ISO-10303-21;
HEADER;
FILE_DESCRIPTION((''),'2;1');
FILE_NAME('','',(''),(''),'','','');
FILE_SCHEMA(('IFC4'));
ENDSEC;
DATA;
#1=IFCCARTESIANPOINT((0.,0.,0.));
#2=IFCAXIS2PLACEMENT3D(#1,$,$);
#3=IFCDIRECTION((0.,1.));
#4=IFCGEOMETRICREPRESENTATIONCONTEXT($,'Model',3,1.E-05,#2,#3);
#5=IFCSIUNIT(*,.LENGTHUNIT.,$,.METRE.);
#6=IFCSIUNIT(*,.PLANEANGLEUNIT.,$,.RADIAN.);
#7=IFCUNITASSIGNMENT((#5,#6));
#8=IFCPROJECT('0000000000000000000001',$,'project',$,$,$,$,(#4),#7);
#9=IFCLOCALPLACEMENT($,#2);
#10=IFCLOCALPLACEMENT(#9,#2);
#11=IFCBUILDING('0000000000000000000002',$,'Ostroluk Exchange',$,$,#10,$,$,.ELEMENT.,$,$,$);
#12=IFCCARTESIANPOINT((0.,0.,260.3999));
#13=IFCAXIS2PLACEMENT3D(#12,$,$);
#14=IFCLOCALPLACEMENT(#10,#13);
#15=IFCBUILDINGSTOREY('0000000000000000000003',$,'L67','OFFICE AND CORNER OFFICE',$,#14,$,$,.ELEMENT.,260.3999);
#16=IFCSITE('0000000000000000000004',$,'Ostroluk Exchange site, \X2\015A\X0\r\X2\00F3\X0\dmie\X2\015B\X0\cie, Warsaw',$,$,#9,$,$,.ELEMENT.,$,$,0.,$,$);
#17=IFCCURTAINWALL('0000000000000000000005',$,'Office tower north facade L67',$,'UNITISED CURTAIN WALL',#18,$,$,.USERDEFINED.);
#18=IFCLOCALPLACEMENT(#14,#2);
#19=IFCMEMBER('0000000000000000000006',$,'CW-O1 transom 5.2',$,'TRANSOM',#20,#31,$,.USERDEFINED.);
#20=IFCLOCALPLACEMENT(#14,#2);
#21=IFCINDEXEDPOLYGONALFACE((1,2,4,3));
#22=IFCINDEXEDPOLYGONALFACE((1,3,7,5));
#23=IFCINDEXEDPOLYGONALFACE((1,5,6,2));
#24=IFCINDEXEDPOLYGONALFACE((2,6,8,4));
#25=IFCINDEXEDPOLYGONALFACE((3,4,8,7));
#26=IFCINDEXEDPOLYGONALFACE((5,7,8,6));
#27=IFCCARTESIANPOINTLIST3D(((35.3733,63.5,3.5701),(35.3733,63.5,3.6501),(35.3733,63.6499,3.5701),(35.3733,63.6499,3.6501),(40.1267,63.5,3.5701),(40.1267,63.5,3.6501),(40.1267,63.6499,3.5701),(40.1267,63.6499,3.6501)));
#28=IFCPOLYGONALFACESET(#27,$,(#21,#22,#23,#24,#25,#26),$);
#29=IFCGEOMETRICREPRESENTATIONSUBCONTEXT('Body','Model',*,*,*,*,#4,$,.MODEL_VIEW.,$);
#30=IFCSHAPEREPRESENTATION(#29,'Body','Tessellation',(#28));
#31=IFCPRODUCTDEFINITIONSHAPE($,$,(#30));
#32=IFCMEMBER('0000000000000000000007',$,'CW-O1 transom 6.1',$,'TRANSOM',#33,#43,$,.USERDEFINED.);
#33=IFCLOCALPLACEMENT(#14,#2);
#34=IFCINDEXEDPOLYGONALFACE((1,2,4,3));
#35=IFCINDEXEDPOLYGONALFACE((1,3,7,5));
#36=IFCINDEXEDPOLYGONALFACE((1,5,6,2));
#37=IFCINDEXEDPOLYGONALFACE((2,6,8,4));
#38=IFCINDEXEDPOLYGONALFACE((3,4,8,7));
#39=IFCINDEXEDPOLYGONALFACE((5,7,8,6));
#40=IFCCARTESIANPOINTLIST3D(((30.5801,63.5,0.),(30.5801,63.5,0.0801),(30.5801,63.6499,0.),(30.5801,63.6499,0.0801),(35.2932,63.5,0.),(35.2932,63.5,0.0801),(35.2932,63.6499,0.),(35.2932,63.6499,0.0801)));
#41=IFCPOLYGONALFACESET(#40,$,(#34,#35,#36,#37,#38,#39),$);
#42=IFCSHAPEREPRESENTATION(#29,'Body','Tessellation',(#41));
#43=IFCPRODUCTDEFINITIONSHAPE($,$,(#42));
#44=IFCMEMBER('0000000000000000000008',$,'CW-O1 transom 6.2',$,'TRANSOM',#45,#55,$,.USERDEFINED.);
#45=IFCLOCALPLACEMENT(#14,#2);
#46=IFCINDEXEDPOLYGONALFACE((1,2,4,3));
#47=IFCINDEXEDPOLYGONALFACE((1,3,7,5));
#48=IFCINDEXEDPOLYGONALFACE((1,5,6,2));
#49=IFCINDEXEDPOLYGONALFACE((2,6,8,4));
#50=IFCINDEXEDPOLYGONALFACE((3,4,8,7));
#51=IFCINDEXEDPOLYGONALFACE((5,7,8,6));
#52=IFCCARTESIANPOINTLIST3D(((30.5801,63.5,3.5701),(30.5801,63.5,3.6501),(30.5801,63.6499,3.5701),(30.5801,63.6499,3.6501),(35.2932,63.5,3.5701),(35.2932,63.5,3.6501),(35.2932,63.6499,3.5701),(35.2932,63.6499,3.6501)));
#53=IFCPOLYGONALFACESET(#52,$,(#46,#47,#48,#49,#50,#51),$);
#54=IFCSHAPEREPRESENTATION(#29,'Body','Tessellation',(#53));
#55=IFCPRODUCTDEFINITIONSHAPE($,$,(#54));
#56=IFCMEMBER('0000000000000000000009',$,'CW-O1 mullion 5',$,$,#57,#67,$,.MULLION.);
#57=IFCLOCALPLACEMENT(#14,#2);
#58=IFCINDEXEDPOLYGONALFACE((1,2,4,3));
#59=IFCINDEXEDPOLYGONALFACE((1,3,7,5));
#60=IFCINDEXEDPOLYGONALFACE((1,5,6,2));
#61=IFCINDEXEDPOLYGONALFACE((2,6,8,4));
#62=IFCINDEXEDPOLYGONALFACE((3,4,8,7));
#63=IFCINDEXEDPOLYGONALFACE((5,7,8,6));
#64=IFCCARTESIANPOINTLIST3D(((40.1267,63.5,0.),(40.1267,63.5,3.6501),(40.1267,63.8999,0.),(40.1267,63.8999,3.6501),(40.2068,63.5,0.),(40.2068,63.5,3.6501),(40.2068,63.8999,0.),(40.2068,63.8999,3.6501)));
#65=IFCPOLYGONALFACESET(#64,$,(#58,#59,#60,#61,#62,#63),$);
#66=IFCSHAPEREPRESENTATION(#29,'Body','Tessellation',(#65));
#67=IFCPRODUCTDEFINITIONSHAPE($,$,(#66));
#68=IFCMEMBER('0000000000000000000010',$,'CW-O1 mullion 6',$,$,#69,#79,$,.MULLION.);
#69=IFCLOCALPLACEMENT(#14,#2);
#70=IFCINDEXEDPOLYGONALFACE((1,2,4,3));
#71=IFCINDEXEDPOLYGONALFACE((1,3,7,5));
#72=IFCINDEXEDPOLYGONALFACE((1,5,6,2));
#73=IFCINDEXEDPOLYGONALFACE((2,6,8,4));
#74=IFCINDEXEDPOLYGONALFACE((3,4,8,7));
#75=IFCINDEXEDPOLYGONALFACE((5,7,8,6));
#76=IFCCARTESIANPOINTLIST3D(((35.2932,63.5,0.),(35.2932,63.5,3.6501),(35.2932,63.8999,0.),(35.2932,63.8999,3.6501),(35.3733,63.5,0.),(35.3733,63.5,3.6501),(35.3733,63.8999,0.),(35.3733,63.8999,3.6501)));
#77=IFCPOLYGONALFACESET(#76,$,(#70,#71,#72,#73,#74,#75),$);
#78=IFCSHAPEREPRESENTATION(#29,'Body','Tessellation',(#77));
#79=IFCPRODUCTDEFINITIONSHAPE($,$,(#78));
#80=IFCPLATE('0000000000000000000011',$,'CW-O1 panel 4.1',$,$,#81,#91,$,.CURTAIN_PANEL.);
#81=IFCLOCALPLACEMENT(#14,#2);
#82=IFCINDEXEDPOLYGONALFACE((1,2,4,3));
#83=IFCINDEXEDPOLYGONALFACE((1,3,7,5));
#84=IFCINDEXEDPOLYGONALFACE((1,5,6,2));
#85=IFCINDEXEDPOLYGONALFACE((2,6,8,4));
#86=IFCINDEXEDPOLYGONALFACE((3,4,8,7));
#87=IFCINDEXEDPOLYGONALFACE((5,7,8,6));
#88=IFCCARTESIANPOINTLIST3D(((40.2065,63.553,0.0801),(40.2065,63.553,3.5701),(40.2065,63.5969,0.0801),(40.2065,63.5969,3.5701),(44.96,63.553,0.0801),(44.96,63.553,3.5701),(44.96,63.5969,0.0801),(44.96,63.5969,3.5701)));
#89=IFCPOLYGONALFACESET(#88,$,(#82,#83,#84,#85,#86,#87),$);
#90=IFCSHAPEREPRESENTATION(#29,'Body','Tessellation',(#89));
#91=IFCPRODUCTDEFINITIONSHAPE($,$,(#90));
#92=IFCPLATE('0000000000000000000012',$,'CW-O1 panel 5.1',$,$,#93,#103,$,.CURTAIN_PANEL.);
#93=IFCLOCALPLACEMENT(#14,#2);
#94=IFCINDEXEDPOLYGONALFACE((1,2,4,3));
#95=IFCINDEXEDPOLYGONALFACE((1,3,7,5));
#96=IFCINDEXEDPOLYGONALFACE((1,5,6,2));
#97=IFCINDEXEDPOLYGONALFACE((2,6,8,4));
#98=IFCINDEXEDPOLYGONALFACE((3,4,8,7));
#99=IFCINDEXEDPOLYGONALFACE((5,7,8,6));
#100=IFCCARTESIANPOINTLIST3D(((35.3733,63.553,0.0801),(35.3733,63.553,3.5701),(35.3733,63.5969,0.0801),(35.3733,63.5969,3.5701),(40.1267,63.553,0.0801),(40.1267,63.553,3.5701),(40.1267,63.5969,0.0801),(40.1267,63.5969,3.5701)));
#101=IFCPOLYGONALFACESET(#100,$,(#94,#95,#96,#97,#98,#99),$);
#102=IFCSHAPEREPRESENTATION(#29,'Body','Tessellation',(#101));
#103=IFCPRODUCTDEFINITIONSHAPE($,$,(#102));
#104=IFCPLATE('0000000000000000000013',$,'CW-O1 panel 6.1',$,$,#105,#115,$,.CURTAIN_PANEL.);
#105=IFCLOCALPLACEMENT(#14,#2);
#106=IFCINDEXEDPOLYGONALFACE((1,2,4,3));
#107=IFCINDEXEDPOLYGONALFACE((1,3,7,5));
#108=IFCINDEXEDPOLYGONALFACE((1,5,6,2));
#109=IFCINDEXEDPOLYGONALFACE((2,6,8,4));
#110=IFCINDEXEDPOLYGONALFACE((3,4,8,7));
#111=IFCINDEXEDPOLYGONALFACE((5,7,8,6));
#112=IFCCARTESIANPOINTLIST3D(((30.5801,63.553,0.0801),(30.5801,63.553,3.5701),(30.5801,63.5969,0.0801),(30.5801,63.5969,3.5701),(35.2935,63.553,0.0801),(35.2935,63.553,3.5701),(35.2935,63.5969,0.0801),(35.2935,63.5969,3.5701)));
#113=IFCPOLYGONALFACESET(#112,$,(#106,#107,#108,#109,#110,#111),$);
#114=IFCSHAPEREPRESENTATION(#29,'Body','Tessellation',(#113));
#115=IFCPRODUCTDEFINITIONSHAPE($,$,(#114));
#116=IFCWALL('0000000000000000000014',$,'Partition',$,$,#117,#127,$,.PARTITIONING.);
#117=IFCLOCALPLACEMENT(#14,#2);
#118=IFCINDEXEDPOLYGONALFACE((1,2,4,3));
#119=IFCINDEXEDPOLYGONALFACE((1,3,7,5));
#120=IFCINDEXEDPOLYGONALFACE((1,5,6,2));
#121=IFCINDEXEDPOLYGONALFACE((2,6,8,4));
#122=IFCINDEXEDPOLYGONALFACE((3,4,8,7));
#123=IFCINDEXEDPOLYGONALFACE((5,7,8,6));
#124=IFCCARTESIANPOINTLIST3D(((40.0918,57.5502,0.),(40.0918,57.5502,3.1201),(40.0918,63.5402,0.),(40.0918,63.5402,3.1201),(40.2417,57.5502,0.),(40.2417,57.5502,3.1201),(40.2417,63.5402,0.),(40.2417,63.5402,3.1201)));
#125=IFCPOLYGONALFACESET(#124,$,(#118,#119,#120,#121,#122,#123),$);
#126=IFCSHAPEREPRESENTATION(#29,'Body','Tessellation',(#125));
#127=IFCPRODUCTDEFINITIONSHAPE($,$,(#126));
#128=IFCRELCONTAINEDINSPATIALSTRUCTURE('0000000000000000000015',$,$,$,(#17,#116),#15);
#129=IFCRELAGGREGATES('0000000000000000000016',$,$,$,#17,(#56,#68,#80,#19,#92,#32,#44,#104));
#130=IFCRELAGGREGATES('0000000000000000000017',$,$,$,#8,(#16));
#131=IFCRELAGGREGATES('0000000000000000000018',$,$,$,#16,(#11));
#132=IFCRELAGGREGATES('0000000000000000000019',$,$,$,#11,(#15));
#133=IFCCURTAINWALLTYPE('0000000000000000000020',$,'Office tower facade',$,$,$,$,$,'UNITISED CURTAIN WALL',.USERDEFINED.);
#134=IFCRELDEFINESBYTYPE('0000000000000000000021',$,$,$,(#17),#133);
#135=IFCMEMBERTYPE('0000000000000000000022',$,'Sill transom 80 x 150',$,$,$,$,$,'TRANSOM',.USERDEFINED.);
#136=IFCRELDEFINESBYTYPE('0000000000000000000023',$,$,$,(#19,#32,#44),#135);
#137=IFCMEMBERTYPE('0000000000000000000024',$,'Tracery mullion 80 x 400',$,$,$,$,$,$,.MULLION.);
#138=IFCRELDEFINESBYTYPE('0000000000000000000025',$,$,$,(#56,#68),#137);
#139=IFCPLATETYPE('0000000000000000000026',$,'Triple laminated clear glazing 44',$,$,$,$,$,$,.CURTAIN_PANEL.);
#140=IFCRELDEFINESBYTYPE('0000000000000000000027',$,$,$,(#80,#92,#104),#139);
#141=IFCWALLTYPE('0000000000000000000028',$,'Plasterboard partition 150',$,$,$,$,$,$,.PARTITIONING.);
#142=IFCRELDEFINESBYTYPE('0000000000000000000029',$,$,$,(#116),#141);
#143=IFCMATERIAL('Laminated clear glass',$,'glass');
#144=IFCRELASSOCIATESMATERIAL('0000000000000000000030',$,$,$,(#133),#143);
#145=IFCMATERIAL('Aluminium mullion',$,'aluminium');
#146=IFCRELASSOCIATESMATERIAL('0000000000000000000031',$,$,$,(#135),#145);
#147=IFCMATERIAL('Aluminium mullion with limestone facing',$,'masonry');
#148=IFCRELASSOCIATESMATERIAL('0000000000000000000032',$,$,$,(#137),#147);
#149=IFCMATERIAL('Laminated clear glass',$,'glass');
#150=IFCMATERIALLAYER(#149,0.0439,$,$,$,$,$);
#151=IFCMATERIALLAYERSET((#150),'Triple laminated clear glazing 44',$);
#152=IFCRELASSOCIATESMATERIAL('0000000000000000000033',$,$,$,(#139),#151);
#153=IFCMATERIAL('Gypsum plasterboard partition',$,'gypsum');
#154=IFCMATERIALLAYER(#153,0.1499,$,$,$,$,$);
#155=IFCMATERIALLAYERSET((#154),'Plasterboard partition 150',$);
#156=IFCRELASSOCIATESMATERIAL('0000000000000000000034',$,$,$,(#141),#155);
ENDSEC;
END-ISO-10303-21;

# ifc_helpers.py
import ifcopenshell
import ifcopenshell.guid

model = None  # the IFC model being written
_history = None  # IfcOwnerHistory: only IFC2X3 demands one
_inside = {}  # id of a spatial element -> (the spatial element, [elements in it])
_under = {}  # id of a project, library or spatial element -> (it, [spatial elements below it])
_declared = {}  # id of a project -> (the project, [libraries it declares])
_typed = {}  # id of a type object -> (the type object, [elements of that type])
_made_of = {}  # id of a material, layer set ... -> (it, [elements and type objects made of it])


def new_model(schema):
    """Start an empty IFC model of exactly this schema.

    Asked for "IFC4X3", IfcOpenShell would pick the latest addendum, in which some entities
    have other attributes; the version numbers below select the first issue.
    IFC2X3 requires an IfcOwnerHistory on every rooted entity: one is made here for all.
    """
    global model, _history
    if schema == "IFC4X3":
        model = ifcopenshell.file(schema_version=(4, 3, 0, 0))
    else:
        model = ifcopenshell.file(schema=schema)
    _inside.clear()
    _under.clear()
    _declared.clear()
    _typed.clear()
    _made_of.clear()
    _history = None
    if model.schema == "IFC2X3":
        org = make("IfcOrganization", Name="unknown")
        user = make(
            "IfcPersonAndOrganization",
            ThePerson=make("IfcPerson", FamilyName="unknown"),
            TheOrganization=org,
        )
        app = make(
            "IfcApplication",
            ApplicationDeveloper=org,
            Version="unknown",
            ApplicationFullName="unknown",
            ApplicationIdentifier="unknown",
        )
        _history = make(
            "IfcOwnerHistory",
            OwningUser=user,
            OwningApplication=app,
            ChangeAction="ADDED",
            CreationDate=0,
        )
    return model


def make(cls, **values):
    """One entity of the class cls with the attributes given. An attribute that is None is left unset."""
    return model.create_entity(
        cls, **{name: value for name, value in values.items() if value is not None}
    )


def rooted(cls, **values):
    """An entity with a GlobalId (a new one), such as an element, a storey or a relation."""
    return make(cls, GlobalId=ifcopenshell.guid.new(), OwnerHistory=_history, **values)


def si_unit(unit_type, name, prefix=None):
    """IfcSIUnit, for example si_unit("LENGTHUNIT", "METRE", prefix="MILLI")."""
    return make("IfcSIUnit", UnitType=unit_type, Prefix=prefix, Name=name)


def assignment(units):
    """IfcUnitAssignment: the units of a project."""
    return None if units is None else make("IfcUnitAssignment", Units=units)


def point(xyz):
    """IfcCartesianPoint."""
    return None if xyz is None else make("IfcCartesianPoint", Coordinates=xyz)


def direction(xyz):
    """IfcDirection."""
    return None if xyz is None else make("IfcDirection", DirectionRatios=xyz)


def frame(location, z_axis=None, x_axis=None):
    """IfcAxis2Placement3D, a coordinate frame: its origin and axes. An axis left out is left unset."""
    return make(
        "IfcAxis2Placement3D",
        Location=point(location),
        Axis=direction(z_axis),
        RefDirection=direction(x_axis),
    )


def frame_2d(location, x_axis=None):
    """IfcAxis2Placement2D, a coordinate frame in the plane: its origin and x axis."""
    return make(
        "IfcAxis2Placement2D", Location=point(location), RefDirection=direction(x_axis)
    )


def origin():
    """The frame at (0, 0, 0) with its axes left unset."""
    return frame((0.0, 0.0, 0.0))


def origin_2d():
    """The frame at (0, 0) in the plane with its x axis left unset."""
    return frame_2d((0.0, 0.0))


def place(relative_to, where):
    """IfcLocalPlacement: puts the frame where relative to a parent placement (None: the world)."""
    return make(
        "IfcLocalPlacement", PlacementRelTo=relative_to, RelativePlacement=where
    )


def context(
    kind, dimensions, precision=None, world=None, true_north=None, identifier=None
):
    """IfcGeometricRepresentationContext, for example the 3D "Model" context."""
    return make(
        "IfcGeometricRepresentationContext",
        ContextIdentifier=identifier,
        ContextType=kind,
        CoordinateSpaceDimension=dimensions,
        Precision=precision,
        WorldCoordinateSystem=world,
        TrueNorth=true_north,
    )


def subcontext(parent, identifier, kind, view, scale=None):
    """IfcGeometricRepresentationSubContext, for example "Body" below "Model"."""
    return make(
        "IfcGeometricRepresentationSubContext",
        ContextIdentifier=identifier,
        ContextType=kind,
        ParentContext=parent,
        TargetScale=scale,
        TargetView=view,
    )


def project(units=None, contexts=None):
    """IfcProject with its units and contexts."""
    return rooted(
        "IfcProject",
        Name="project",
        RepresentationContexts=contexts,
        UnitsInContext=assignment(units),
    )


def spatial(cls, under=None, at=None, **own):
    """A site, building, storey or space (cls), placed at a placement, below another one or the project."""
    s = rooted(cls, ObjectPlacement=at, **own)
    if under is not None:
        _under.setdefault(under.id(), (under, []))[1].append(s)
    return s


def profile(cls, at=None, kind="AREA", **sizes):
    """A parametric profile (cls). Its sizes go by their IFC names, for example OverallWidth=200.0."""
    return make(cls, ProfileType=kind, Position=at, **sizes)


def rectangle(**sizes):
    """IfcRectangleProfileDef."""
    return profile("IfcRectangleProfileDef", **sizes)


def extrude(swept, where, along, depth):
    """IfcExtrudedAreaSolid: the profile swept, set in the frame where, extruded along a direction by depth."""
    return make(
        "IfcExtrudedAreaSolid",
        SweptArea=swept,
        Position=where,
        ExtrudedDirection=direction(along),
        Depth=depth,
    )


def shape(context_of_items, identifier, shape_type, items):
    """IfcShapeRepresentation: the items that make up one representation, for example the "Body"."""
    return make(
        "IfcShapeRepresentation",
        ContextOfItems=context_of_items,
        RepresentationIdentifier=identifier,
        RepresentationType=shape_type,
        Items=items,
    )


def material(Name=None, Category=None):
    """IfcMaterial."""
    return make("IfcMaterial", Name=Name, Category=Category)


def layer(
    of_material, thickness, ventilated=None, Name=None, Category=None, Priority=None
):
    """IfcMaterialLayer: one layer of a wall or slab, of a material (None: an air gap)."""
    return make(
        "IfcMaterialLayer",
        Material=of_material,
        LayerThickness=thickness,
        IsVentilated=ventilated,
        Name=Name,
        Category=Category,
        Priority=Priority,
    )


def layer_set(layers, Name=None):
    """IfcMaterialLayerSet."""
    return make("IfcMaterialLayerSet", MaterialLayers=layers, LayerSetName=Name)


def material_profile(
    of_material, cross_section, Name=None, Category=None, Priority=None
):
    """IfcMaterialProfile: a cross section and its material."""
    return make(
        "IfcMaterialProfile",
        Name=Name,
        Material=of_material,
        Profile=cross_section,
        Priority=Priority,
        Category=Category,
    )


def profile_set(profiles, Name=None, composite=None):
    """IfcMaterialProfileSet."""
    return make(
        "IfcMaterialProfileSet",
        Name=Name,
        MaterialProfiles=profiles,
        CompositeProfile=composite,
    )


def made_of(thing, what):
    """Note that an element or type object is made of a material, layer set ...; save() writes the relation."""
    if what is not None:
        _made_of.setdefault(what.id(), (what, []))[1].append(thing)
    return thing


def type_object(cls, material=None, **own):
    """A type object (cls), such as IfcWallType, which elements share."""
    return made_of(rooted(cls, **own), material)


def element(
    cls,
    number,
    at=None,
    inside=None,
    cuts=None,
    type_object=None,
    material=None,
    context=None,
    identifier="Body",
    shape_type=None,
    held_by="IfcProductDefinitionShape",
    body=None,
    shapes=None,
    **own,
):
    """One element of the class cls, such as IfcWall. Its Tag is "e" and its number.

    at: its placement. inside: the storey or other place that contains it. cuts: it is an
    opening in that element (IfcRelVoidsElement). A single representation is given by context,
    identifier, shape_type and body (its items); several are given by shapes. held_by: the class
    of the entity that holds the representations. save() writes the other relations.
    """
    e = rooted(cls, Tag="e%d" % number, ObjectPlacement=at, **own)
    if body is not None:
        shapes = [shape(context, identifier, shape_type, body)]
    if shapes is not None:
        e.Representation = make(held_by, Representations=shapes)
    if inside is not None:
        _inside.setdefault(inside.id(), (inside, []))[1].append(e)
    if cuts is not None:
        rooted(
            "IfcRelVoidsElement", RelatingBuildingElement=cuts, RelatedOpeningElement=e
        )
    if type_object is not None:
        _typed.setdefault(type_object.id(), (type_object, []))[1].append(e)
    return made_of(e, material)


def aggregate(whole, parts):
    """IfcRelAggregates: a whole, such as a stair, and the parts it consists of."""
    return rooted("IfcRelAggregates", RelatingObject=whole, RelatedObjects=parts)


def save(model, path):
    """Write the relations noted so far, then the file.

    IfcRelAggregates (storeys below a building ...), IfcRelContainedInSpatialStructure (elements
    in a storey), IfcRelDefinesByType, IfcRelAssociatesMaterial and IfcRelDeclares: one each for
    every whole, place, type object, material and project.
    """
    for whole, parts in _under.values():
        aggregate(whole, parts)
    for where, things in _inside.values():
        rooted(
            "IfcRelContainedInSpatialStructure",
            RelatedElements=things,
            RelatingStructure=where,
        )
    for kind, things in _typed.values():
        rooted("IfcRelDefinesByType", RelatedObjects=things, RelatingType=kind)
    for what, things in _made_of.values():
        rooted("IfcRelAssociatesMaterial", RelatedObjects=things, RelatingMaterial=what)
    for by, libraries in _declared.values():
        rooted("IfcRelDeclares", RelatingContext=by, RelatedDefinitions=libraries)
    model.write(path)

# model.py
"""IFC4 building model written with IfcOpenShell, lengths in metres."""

from ifc_helpers import new_model, si_unit, direction, frame, frame_2d, origin, origin_2d, place, context, subcontext, project, spatial, rectangle, extrude, material, layer, layer_set, material_profile, profile_set, type_object, element, aggregate, save


model = new_model("IFC4")

# Units and contexts
model_context = context("Model", 3, precision=1e-05, world=origin(), true_north=direction((0.0, 1.0)))
body_context = subcontext(model_context, "Body", "Model", "MODEL_VIEW")
ifc_project = project(units=[si_unit("LENGTHUNIT", "METRE"), si_unit("PLANEANGLEUNIT", "RADIAN")], contexts=[model_context])

# Site, building, storey
site_placement = place(None, origin())
site = spatial("IfcSite", under=ifc_project, at=site_placement, Name="Ostroluk Exchange site, Śródmieście, Warsaw", CompositionType="ELEMENT", RefElevation=0.0)
building_placement = place(site_placement, origin())
building = spatial("IfcBuilding", under=site, at=building_placement, Name="Ostroluk Exchange", CompositionType="ELEMENT")
storey_placement = place(building_placement, frame((0.0, 0.0, 260.3999)))
storey = spatial("IfcBuildingStorey", under=building, at=storey_placement, Name="L67", Description="OFFICE AND CORNER OFFICE", CompositionType="ELEMENT", Elevation=260.3999)

# Curtain wall, members, plates
ifc_material_1 = material(Name="Laminated clear glass", Category="glass")
curtain_wall_type = type_object("IfcCurtainWallType", Name="Office tower facade", ElementType="UNITISED CURTAIN WALL", PredefinedType="USERDEFINED", material=ifc_material_1)
curtain_wall_placement = place(storey_placement, origin())
curtain_wall = element("IfcCurtainWall", 1, at=curtain_wall_placement, inside=storey, type_object=curtain_wall_type, Name="Office tower north facade L67", ObjectType="UNITISED CURTAIN WALL", PredefinedType="USERDEFINED")
ifc_material_2 = material(Name="Aluminium mullion", Category="aluminium")
ifc_material_profile_1 = material_profile(ifc_material_2, rectangle(XDim=0.1499, YDim=0.0801, at=origin_2d()), Name="Sill transom 80 x 150")
ifc_profile_set_1 = profile_set([ifc_material_profile_1], Name="Aluminium mullion")
member_type_1 = type_object("IfcMemberType", Name="Sill transom 80 x 150", ElementType="TRANSOM", PredefinedType="USERDEFINED", material=ifc_profile_set_1)
member_1_placement = place(storey_placement, frame((40.1267, 63.575, 3.6101), z_axis=(-1.0, 0.0, 0.0), x_axis=(0.0, -1.0, 0.0)))
member_1 = element("IfcMember", 2, at=member_1_placement, type_object=member_type_1, Name="CW-O1 transom 5.2", ObjectType="TRANSOM", PredefinedType="USERDEFINED", context=body_context, shape_type="SweptSolid", body=[
    extrude(rectangle(XDim=0.1499, YDim=0.0801, at=origin_2d()), origin(), (0.0, 0.0, 1.0), 4.7534),
])
member_2_placement = place(storey_placement, frame((35.2932, 63.575, 0.04), z_axis=(-1.0, 0.0, 0.0), x_axis=(0.0, -1.0, 0.0)))
member_2 = element("IfcMember", 3, at=member_2_placement, type_object=member_type_1, Name="CW-O1 transom 6.1", ObjectType="TRANSOM", PredefinedType="USERDEFINED", context=body_context, shape_type="SweptSolid", body=[
    extrude(rectangle(XDim=0.1499, YDim=0.0801, at=origin_2d()), origin(), (0.0, 0.0, 1.0), 4.7131),
])
member_3_placement = place(storey_placement, frame((35.2932, 63.575, 3.6101), z_axis=(-1.0, 0.0, 0.0), x_axis=(0.0, -1.0, 0.0)))
member_3 = element("IfcMember", 4, at=member_3_placement, type_object=member_type_1, Name="CW-O1 transom 6.2", ObjectType="TRANSOM", PredefinedType="USERDEFINED", context=body_context, shape_type="SweptSolid", body=[
    extrude(rectangle(XDim=0.1499, YDim=0.0801, at=origin_2d()), origin(), (0.0, 0.0, 1.0), 4.7131),
])
ifc_material_3 = material(Name="Aluminium mullion with limestone facing", Category="masonry")
ifc_material_profile_2 = material_profile(ifc_material_3, rectangle(XDim=0.3999, YDim=0.0801, at=origin_2d()), Name="Tracery mullion 80 x 400")
ifc_profile_set_2 = profile_set([ifc_material_profile_2], Name="Aluminium mullion with limestone facing")
member_type_2 = type_object("IfcMemberType", Name="Tracery mullion 80 x 400", PredefinedType="MULLION", material=ifc_profile_set_2)
member_4_placement = place(storey_placement, frame((40.1667, 63.7, 0.0), z_axis=(0.0, 0.0, 1.0), x_axis=(0.0, -1.0, 0.0)))
member_4 = element("IfcMember", 5, at=member_4_placement, type_object=member_type_2, Name="CW-O1 mullion 5", PredefinedType="MULLION", context=body_context, shape_type="SweptSolid", body=[
    extrude(rectangle(XDim=0.3999, YDim=0.0801, at=origin_2d()), origin(), (0.0, 0.0, 1.0), 3.6501),
])
member_5_placement = place(storey_placement, frame((35.3333, 63.7, 0.0), z_axis=(0.0, 0.0, 1.0), x_axis=(0.0, -1.0, 0.0)))
member_5 = element("IfcMember", 6, at=member_5_placement, type_object=member_type_2, Name="CW-O1 mullion 6", PredefinedType="MULLION", context=body_context, shape_type="SweptSolid", body=[
    extrude(rectangle(XDim=0.3999, YDim=0.0801, at=origin_2d()), origin(), (0.0, 0.0, 1.0), 3.6501),
])
ifc_material_4 = material(Name="Laminated clear glass", Category="glass")
ifc_layer_1 = layer(ifc_material_4, 0.0439)
ifc_layer_set_1 = layer_set([ifc_layer_1], Name="Triple laminated clear glazing 44")
plate_type = type_object("IfcPlateType", Name="Triple laminated clear glazing 44", PredefinedType="CURTAIN_PANEL", material=ifc_layer_set_1)
plate_1_placement = place(storey_placement, frame((42.5833, 63.575, 0.0801), z_axis=(0.0, 0.0, 1.0), x_axis=(-1.0, 0.0, 0.0)))
plate_1 = element("IfcPlate", 7, at=plate_1_placement, type_object=plate_type, Name="CW-O1 panel 4.1", PredefinedType="CURTAIN_PANEL", context=body_context, shape_type="SweptSolid", body=[
    extrude(rectangle(XDim=4.7534, YDim=0.0439, at=origin_2d()), origin(), (0.0, 0.0, 1.0), 3.49),
])
plate_2_placement = place(storey_placement, frame((37.75, 63.575, 0.0801), z_axis=(0.0, 0.0, 1.0), x_axis=(-1.0, 0.0, 0.0)))
plate_2 = element("IfcPlate", 8, at=plate_2_placement, type_object=plate_type, Name="CW-O1 panel 5.1", PredefinedType="CURTAIN_PANEL", context=body_context, shape_type="SweptSolid", body=[
    extrude(rectangle(XDim=4.7534, YDim=0.0439, at=origin_2d()), origin(), (0.0, 0.0, 1.0), 3.49),
])
plate_3_placement = place(storey_placement, frame((32.9368, 63.575, 0.0801), z_axis=(0.0, 0.0, 1.0), x_axis=(-1.0, 0.0, 0.0)))
plate_3 = element("IfcPlate", 9, at=plate_3_placement, type_object=plate_type, Name="CW-O1 panel 6.1", PredefinedType="CURTAIN_PANEL", context=body_context, shape_type="SweptSolid", body=[
    extrude(rectangle(XDim=4.7134, YDim=0.0439, at=origin_2d()), origin(), (0.0, 0.0, 1.0), 3.49),
])
aggregate(curtain_wall, [member_4, member_5, plate_1, member_1, plate_2, member_2, member_3, plate_3])

# Wall
ifc_material_5 = material(Name="Gypsum plasterboard partition", Category="gypsum")
ifc_layer_2 = layer(ifc_material_5, 0.1499)
ifc_layer_set_2 = layer_set([ifc_layer_2], Name="Plasterboard partition 150")
wall_type = type_object("IfcWallType", Name="Plasterboard partition 150", PredefinedType="PARTITIONING", material=ifc_layer_set_2)
wall_1_placement = place(storey_placement, frame((40.1667, 57.55, 0.0), z_axis=(0.0, 0.0, 1.0), x_axis=(0.0, 1.0, 0.0)))
element("IfcWall", 10, at=wall_1_placement, inside=storey, type_object=wall_type, Name="Partition", PredefinedType="PARTITIONING", context=body_context, shape_type="SweptSolid", body=[
    extrude(rectangle(XDim=5.99, YDim=0.1499, at=frame_2d((2.9951, 0.0))), origin(), (0.0, 0.0, 1.0), 3.1201),
])

save(model, "model.ifc")
